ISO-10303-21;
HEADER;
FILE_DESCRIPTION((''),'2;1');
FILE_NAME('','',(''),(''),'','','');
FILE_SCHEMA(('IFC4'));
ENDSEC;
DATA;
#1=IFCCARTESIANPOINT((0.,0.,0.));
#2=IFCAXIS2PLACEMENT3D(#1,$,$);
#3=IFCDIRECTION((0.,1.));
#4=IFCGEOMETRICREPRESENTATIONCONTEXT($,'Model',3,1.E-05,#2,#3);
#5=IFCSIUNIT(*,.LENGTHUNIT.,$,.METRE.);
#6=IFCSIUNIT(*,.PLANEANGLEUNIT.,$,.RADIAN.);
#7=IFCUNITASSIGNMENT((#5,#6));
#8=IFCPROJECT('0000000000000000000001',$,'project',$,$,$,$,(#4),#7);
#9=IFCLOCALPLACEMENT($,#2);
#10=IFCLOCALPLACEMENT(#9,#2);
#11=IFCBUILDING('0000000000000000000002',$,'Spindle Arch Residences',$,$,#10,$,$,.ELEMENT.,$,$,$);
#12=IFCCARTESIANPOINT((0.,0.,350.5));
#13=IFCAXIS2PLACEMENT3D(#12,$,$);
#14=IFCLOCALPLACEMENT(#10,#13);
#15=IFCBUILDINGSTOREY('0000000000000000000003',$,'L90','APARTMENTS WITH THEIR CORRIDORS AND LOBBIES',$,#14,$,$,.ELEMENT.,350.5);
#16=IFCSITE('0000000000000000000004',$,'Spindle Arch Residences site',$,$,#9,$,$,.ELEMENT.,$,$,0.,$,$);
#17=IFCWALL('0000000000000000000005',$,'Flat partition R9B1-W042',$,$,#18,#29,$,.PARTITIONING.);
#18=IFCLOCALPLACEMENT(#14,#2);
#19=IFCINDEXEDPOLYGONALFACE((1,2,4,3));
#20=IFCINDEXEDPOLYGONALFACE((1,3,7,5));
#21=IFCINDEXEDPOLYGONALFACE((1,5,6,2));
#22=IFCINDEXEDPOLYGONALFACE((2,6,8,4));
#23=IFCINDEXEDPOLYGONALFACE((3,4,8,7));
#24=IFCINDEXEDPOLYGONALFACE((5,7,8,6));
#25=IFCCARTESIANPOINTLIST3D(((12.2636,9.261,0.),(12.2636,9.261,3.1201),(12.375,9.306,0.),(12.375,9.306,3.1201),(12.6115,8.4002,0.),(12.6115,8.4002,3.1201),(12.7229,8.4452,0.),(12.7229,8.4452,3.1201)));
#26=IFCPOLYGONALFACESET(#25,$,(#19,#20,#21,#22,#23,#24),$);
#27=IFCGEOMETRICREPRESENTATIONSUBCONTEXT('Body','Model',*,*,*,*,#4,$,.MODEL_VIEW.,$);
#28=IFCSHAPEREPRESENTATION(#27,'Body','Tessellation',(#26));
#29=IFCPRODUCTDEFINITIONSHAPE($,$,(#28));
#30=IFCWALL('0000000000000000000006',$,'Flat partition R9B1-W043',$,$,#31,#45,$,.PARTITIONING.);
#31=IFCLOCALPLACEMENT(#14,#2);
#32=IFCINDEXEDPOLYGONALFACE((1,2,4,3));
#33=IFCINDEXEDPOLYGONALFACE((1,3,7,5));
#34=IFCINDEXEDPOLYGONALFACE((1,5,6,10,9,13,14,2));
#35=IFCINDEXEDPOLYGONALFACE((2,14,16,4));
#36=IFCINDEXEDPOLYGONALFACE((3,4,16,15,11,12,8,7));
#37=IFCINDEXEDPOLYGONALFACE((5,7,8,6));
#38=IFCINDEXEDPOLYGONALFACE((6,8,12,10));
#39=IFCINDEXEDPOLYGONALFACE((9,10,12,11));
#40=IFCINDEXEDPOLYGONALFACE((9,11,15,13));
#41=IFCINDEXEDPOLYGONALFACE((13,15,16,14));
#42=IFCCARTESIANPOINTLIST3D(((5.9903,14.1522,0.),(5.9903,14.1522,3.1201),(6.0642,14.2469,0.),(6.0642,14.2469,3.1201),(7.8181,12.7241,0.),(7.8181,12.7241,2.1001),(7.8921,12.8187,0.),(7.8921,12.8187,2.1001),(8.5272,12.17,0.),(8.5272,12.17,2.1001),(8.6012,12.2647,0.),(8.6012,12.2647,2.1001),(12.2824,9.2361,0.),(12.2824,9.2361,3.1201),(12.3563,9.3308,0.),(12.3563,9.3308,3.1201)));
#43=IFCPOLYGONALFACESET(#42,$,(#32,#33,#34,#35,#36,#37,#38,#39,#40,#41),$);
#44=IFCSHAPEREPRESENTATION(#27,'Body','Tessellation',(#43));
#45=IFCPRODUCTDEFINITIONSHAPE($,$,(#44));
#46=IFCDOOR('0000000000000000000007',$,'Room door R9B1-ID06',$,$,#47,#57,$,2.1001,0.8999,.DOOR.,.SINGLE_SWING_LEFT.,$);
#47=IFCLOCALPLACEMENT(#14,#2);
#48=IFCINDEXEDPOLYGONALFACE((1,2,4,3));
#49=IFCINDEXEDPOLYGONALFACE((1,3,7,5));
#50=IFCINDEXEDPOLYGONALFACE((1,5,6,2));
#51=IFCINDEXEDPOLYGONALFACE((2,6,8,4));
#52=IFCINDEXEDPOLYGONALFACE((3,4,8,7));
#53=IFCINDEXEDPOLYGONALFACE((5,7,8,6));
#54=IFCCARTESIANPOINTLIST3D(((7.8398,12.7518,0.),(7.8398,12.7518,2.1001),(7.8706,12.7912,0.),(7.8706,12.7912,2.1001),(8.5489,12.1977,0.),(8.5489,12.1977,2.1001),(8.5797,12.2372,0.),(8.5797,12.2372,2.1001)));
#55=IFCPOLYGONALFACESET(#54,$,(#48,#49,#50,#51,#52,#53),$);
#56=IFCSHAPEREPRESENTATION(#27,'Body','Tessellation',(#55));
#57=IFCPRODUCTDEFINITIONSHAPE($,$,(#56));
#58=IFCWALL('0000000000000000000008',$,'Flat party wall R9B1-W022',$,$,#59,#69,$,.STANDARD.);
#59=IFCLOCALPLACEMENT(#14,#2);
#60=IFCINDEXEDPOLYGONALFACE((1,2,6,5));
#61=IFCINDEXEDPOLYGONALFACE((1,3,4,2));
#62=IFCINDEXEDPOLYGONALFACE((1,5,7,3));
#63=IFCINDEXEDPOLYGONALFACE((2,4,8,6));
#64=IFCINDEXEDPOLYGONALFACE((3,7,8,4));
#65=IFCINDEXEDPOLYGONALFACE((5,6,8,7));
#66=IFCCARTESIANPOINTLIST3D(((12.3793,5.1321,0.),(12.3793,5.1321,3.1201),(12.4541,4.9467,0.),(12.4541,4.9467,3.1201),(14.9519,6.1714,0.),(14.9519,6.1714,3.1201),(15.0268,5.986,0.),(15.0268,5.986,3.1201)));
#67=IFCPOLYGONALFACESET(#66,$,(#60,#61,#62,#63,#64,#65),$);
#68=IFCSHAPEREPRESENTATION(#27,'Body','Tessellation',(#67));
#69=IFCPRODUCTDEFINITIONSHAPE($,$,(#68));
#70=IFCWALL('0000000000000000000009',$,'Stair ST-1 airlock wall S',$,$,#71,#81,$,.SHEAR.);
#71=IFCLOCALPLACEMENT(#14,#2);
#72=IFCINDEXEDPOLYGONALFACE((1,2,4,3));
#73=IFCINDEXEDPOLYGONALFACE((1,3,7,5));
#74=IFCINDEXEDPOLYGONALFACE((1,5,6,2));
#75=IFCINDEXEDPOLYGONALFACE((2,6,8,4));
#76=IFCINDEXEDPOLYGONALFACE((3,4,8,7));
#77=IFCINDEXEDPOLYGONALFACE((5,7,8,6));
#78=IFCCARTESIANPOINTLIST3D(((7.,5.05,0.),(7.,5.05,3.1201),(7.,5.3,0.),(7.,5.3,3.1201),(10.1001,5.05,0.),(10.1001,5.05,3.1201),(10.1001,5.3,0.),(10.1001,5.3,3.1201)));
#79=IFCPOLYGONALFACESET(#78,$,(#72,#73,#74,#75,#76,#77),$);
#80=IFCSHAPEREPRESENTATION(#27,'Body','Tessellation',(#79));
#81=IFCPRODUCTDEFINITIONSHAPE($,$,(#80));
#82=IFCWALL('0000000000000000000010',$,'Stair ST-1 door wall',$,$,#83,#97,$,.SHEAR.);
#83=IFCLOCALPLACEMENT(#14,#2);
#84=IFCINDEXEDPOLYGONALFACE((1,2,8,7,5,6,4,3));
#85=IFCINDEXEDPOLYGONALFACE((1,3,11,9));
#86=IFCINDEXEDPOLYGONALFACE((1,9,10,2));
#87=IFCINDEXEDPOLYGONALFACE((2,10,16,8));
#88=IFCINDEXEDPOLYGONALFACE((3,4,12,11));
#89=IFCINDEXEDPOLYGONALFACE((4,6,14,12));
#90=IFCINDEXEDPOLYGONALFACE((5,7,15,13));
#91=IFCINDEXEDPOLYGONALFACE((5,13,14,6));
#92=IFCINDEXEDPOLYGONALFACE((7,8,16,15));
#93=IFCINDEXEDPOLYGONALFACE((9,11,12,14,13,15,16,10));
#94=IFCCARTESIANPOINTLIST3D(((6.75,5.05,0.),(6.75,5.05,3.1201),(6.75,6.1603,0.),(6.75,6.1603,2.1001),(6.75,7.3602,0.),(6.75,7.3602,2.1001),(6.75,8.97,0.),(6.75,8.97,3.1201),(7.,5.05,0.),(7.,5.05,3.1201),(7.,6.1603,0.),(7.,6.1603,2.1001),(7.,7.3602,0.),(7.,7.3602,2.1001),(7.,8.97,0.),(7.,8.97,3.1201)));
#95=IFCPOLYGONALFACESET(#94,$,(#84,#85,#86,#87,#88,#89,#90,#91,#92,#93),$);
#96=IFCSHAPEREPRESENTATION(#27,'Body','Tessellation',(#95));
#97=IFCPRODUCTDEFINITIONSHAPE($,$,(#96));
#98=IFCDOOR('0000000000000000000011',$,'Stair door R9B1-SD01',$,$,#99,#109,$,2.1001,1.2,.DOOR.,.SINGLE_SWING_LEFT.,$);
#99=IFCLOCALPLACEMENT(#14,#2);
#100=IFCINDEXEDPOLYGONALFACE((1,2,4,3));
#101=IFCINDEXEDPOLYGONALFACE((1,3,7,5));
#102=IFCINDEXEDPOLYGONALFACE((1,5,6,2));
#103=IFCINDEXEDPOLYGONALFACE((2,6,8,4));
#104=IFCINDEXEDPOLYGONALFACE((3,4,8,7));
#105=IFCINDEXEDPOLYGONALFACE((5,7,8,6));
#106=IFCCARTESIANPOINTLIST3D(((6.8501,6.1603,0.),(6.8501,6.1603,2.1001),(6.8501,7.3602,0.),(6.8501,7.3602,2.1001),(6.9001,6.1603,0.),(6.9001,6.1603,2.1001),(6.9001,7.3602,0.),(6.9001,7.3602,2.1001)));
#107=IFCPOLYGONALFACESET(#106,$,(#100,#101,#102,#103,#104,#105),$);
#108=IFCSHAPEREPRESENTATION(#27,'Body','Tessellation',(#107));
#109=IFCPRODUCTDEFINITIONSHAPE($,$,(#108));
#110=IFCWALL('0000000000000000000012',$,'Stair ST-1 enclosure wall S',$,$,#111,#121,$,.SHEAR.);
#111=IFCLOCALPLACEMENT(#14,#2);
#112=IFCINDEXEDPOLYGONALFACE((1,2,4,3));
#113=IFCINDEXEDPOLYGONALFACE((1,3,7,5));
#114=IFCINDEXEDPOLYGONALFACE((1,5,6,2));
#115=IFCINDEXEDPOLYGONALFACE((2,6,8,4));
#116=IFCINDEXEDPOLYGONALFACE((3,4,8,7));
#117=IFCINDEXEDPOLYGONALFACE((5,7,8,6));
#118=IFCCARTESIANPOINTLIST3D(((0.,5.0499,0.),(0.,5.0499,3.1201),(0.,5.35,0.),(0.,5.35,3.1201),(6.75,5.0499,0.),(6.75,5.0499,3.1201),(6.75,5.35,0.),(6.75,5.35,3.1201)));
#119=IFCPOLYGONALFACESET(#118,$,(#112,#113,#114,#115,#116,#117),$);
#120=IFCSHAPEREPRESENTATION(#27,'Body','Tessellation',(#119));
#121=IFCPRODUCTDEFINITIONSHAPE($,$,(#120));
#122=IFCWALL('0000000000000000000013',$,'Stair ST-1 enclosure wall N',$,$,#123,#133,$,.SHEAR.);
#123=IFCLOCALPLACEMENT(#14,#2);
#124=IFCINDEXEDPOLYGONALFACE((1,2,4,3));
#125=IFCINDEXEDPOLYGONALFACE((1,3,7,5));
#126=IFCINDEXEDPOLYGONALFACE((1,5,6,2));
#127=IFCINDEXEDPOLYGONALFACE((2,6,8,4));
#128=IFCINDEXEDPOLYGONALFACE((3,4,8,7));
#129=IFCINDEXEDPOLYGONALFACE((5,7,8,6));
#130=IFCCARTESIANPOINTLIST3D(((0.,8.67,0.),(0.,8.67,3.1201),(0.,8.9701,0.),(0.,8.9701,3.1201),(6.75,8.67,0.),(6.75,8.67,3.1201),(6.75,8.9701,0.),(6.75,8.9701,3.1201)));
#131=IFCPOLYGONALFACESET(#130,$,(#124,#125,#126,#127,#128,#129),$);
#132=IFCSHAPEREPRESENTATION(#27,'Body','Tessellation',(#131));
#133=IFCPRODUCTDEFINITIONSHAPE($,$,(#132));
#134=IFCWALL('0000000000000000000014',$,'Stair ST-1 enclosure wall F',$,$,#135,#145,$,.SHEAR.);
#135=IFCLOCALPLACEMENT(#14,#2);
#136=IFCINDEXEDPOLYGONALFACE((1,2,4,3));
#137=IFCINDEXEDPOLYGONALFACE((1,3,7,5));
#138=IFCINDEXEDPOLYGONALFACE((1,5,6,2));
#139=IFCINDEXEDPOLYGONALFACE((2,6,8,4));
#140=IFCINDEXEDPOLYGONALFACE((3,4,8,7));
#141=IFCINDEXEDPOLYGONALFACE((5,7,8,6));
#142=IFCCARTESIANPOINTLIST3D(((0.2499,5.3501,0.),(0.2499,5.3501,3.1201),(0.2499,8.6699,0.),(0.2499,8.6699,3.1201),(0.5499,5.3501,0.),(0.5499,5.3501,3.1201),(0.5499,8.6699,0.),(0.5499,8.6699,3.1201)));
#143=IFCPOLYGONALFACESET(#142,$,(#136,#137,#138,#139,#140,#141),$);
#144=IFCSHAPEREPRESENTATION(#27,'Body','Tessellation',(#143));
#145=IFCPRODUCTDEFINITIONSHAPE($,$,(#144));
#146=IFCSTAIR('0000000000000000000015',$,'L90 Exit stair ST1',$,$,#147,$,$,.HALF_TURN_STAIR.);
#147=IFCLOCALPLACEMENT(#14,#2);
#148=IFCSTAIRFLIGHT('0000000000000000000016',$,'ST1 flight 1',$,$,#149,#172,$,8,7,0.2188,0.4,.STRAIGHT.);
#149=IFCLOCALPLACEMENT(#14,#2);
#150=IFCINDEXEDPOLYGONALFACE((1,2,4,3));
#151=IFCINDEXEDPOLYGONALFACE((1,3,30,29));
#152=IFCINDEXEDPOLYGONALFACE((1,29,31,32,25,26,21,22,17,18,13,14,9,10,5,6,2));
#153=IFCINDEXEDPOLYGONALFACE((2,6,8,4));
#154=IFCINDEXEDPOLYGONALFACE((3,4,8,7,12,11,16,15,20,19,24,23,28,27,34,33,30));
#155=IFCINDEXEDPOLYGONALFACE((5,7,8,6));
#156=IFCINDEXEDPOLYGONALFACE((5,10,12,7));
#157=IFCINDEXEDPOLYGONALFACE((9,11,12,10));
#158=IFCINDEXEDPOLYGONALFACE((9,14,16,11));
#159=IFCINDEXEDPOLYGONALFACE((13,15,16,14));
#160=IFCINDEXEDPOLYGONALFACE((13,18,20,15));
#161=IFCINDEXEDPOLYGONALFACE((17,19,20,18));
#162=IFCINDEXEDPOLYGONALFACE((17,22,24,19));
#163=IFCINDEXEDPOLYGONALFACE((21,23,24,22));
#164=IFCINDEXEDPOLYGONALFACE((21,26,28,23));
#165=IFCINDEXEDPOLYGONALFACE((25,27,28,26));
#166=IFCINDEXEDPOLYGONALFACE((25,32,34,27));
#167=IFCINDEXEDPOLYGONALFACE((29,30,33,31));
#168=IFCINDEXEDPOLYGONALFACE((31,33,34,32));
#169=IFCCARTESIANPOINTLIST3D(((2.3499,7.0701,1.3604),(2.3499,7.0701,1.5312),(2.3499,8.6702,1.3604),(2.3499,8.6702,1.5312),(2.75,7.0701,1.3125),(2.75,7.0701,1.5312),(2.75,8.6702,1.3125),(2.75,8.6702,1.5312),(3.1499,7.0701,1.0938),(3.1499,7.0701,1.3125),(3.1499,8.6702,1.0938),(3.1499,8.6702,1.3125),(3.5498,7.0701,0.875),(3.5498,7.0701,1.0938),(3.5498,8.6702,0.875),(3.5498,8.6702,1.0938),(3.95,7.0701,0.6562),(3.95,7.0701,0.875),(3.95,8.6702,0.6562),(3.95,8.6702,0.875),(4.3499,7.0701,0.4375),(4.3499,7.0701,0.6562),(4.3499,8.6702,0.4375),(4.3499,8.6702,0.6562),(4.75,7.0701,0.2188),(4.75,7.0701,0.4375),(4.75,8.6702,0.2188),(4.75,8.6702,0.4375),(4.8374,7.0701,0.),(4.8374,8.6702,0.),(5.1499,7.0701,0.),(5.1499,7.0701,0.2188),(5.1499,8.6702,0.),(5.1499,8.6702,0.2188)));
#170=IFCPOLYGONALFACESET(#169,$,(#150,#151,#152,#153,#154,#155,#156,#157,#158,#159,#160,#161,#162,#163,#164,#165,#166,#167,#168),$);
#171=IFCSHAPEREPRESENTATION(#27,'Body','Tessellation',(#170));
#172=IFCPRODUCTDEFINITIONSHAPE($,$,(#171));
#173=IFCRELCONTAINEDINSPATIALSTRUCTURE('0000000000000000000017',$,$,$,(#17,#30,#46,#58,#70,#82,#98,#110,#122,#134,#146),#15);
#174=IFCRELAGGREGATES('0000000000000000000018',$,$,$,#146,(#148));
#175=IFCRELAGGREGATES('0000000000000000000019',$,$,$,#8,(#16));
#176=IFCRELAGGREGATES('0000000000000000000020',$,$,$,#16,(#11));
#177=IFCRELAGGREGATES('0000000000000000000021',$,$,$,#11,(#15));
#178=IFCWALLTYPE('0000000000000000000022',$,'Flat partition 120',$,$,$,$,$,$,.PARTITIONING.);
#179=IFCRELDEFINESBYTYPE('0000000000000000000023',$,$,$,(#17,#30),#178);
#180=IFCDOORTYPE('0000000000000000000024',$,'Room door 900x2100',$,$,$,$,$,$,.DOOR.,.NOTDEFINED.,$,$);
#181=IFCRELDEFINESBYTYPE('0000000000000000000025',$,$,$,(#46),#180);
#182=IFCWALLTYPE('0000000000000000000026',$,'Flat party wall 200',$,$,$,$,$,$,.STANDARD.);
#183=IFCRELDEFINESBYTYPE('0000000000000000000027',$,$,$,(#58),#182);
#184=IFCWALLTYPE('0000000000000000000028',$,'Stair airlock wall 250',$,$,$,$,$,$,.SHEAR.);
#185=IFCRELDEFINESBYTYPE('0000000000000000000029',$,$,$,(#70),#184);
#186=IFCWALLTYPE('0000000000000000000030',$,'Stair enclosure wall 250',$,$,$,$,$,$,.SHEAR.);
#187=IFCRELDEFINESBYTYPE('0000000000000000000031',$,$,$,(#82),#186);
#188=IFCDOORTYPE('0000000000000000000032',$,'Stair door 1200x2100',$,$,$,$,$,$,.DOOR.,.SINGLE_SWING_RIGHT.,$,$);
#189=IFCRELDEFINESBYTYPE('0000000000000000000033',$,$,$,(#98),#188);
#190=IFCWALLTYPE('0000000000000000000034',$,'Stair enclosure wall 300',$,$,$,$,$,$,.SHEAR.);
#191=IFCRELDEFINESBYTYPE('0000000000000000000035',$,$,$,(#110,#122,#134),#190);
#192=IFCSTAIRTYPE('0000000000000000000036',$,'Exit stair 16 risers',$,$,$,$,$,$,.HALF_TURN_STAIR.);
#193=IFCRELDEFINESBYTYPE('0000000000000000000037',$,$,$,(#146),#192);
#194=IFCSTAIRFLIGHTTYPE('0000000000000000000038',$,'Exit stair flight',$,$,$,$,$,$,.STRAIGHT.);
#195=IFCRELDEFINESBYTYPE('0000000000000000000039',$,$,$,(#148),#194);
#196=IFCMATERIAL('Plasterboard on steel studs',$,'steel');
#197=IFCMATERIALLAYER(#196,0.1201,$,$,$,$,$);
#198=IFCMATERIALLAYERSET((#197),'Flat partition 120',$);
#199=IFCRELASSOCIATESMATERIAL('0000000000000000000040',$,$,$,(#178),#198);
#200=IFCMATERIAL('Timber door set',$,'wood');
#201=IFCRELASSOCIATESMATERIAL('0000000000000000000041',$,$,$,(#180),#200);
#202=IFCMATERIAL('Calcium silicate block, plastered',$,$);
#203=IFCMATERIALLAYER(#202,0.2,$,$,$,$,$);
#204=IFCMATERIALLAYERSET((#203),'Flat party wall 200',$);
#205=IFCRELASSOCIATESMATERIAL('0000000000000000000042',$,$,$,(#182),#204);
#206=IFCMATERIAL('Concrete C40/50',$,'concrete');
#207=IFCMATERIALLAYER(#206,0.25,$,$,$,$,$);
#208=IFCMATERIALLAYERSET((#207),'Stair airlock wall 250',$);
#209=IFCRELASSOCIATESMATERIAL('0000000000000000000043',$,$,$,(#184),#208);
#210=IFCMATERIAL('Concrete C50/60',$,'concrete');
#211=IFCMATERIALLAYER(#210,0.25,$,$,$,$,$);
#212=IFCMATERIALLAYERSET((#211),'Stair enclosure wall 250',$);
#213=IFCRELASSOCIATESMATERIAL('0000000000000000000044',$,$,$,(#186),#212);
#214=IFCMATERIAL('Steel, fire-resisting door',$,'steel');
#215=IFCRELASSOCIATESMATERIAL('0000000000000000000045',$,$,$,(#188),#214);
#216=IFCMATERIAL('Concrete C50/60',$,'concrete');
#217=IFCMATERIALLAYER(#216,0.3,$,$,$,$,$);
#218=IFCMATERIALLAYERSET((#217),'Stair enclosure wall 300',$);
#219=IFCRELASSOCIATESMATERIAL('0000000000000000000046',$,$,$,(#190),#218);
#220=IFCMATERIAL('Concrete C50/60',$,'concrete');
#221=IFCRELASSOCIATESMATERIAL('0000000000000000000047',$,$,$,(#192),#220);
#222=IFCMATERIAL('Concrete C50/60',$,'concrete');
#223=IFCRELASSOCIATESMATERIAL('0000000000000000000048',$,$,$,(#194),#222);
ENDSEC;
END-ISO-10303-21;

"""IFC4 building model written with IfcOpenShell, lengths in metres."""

from ifc_helpers import new_model, si_unit, direction, frame, frame_2d, origin, place, context, subcontext, project, spatial, polyline, rectangle, outline, extrude, material, layer, layer_set, type_object, element, fill, aggregate, save


model = new_model("IFC4")

# Units and contexts
model_context = context("Model", 3, precision=1e-05, world=origin(), true_north=direction((0.0, 1.0)))
body_context = subcontext(model_context, "Body", "Model", "MODEL_VIEW")
ifc_project = project(units=[si_unit("LENGTHUNIT", "METRE"), si_unit("PLANEANGLEUNIT", "RADIAN")], contexts=[model_context])

# Site, building, storey
site_placement = place(None, origin())
site = spatial("IfcSite", under=ifc_project, at=site_placement, Name="Spindle Arch Residences site", CompositionType="ELEMENT", RefElevation=0.0)
building_placement = place(site_placement, origin())
building = spatial("IfcBuilding", under=site, at=building_placement, Name="Spindle Arch Residences", CompositionType="ELEMENT")
storey_placement = place(building_placement, frame((0.0, 0.0, 350.5)))
storey = spatial("IfcBuildingStorey", under=building, at=storey_placement, Name="L90", Description="APARTMENTS WITH THEIR CORRIDORS AND LOBBIES", CompositionType="ELEMENT", Elevation=350.5)

# Wall
ifc_material_1 = material(Name="Plasterboard on steel studs", Category="steel")
ifc_layer_1 = layer(ifc_material_1, 0.1201)
ifc_layer_set_1 = layer_set([ifc_layer_1], Name="Flat partition 120")
wall_type_1 = type_object("IfcWallType", Name="Flat partition 120", PredefinedType="PARTITIONING", material=ifc_layer_set_1)
wall_1_placement = place(storey_placement, frame((12.6672, 8.4226, 0.0), z_axis=(0.0, 0.0, 1.0), x_axis=(-0.374698, 0.927147, 0.0)))
element("IfcWall", 1, at=wall_1_placement, inside=storey, type_object=wall_type_1, Name="Flat partition R9B1-W042", PredefinedType="PARTITIONING", context=body_context, shape_type="SweptSolid", body=[
    extrude(rectangle(XDim=0.9285, YDim=0.1201, at=frame_2d((0.4644, 0.0))), origin(), (0.0, 0.0, 1.0), 3.1201),
])

# Wall, opening, door
wall_2_placement = place(storey_placement, frame((12.3193, 9.2834, 0.0), z_axis=(0.0, 0.0, 1.0), x_axis=(-0.788, 0.615675, 0.0)))
wall_2 = element("IfcWall", 2, at=wall_2_placement, inside=storey, type_object=wall_type_1, Name="Flat partition R9B1-W043", PredefinedType="PARTITIONING", context=body_context, shape_type="SweptSolid", body=[
    extrude(rectangle(XDim=7.9849, YDim=0.1201, at=frame_2d((3.9924, 0.0))), origin(), (0.0, 0.0, 1.0), 3.1201),
])
opening_1_placement = place(wall_2_placement, frame((4.7654, 0.0, 0.0)))
opening_1 = element("IfcOpeningElement", 3, at=opening_1_placement, cuts=wall_2, PredefinedType="OPENING", context=body_context, shape_type="SweptSolid", body=[
    extrude(rectangle(XDim=0.8999, YDim=2.1001, at=frame_2d((0.45, 1.05))), frame((0.0, 0.0701, 0.0), z_axis=(0.0, -1.0, 0.0), x_axis=(1.0, 0.0, 0.0)), (0.0, 0.0, 1.0), 0.1401),
])
ifc_material_2 = material(Name="Timber door set", Category="wood")
door_type_1 = type_object("IfcDoorType", Name="Room door 900x2100", OperationType="NOTDEFINED", PredefinedType="DOOR", material=ifc_material_2)
door_1_placement = place(opening_1_placement, origin())
door_1 = element("IfcDoor", 4, at=door_1_placement, inside=storey, type_object=door_type_1, Name="Room door R9B1-ID06", OperationType="SINGLE_SWING_LEFT", OverallHeight=2.1001, OverallWidth=0.8999, PredefinedType="DOOR", context=body_context, shape_type="SweptSolid", body=[
    extrude(rectangle(XDim=0.8999, YDim=2.1001, at=frame_2d((0.45, 1.05))), frame((0.0, 0.0249, 0.0), z_axis=(0.0, -1.0, 0.0), x_axis=(1.0, 0.0, 0.0)), (0.0, 0.0, 1.0), 0.05),
])
fill(opening_1, door_1)

# Walls
ifc_material_3 = material(Name="Calcium silicate block, plastered")
ifc_layer_2 = layer(ifc_material_3, 0.2)
ifc_layer_set_2 = layer_set([ifc_layer_2], Name="Flat party wall 200")
wall_type_2 = type_object("IfcWallType", Name="Flat party wall 200", PredefinedType="STANDARD", material=ifc_layer_set_2)
wall_3_placement = place(storey_placement, frame((14.9893, 6.0786, 0.0), z_axis=(0.0, 0.0, 1.0), x_axis=(-0.927203, -0.374559, 0.0)))
element("IfcWall", 5, at=wall_3_placement, inside=storey, type_object=wall_type_2, Name="Flat party wall R9B1-W022", PredefinedType="STANDARD", context=body_context, shape_type="SweptSolid", body=[
    extrude(rectangle(XDim=2.7747, YDim=0.2, at=frame_2d((1.3872, 0.0))), origin(), (0.0, 0.0, 1.0), 3.1201),
])
ifc_material_4 = material(Name="Concrete C40/50", Category="concrete")
ifc_layer_3 = layer(ifc_material_4, 0.25)
ifc_layer_set_3 = layer_set([ifc_layer_3], Name="Stair airlock wall 250")
wall_type_3 = type_object("IfcWallType", Name="Stair airlock wall 250", PredefinedType="SHEAR", material=ifc_layer_set_3)
wall_4_placement = place(storey_placement, frame((7.0, 5.175, 0.0), z_axis=(0.0, 0.0, 1.0), x_axis=(1.0, 0.0, 0.0)))
element("IfcWall", 6, at=wall_4_placement, inside=storey, type_object=wall_type_3, Name="Stair ST-1 airlock wall S", PredefinedType="SHEAR", context=body_context, shape_type="SweptSolid", body=[
    extrude(rectangle(XDim=3.1001, YDim=0.25, at=frame_2d((1.55, 0.0))), origin(), (0.0, 0.0, 1.0), 3.1201),
])

# Wall, opening, door
ifc_material_5 = material(Name="Concrete C50/60", Category="concrete")
ifc_layer_4 = layer(ifc_material_5, 0.25)
ifc_layer_set_4 = layer_set([ifc_layer_4], Name="Stair enclosure wall 250")
wall_type_4 = type_object("IfcWallType", Name="Stair enclosure wall 250", PredefinedType="SHEAR", material=ifc_layer_set_4)
wall_5_placement = place(storey_placement, frame((6.875, 5.05, 0.0), z_axis=(0.0, 0.0, 1.0), x_axis=(0.0, 1.0, 0.0)))
wall_5 = element("IfcWall", 7, at=wall_5_placement, inside=storey, type_object=wall_type_4, Name="Stair ST-1 door wall", PredefinedType="SHEAR", context=body_context, shape_type="SweptSolid", body=[
    extrude(rectangle(XDim=3.9199, YDim=0.25, at=frame_2d((1.96, 0.0))), origin(), (0.0, 0.0, 1.0), 3.1201),
])
opening_2_placement = place(wall_5_placement, frame((1.1101, 0.0, 0.0)))
opening_2 = element("IfcOpeningElement", 8, at=opening_2_placement, cuts=wall_5, PredefinedType="OPENING", context=body_context, shape_type="SweptSolid", body=[
    extrude(rectangle(XDim=1.2, YDim=2.1001, at=frame_2d((0.6001, 1.05))), frame((0.0, 0.135, 0.0), z_axis=(0.0, -1.0, 0.0), x_axis=(1.0, 0.0, 0.0)), (0.0, 0.0, 1.0), 0.27),
])
ifc_material_6 = material(Name="Steel, fire-resisting door", Category="steel")
door_type_2 = type_object("IfcDoorType", Name="Stair door 1200x2100", OperationType="SINGLE_SWING_RIGHT", PredefinedType="DOOR", material=ifc_material_6)
door_2_placement = place(opening_2_placement, origin())
door_2 = element("IfcDoor", 9, at=door_2_placement, inside=storey, type_object=door_type_2, Name="Stair door R9B1-SD01", OperationType="SINGLE_SWING_LEFT", OverallHeight=2.1001, OverallWidth=1.2, PredefinedType="DOOR", context=body_context, shape_type="SweptSolid", body=[
    extrude(rectangle(XDim=1.2, YDim=2.1001, at=frame_2d((0.6001, 1.05))), frame((0.0, 0.0249, 0.0), z_axis=(0.0, -1.0, 0.0), x_axis=(1.0, 0.0, 0.0)), (0.0, 0.0, 1.0), 0.05),
])
fill(opening_2, door_2)

# Walls
ifc_material_7 = material(Name="Concrete C50/60", Category="concrete")
ifc_layer_5 = layer(ifc_material_7, 0.3)
ifc_layer_set_5 = layer_set([ifc_layer_5], Name="Stair enclosure wall 300")
wall_type_5 = type_object("IfcWallType", Name="Stair enclosure wall 300", PredefinedType="SHEAR", material=ifc_layer_set_5)
for number, where, z_axis, x_axis, name in (
    (10, (0.0, 5.2, 0.0), (0.0, 0.0, 1.0), (1.0, 0.0, 0.0), "Stair ST-1 enclosure wall S"),
    (11, (0.0, 8.8201, 0.0), (0.0, 0.0, 1.0), (1.0, 0.0, 0.0), "Stair ST-1 enclosure wall N"),
):
    element("IfcWall", number, at=place(storey_placement, frame(where, z_axis=z_axis, x_axis=x_axis)), inside=storey, type_object=wall_type_5, Name=name, PredefinedType="SHEAR", context=body_context, shape_type="SweptSolid", body=[
        extrude(rectangle(XDim=6.75, YDim=0.3, at=frame_2d((3.375, 0.0))), origin(), (0.0, 0.0, 1.0), 3.1201),
    ])
wall_6_placement = place(storey_placement, frame((0.3999, 5.3501, 0.0), z_axis=(0.0, 0.0, 1.0), x_axis=(0.0, 1.0, 0.0)))
element("IfcWall", 12, at=wall_6_placement, inside=storey, type_object=wall_type_5, Name="Stair ST-1 enclosure wall F", PredefinedType="SHEAR", context=body_context, shape_type="SweptSolid", body=[
    extrude(rectangle(XDim=3.3198, YDim=0.3, at=frame_2d((1.6599, 0.0))), origin(), (0.0, 0.0, 1.0), 3.1201),
])

# Stair, stair flight
ifc_material_8 = material(Name="Concrete C50/60", Category="concrete")
stair_type = type_object("IfcStairType", Name="Exit stair 16 risers", PredefinedType="HALF_TURN_STAIR", material=ifc_material_8)
stair_placement = place(storey_placement, origin())
stair = element("IfcStair", 13, at=stair_placement, inside=storey, type_object=stair_type, Name="L90 Exit stair ST1", PredefinedType="HALF_TURN_STAIR")
ifc_material_9 = material(Name="Concrete C50/60", Category="concrete")
stair_flight_type = type_object("IfcStairFlightType", Name="Exit stair flight", PredefinedType="STRAIGHT", material=ifc_material_9)
stair_flight_1_placement = place(storey_placement, frame((5.1499, 7.8701, 0.0), z_axis=(0.0, 0.0, 1.0), x_axis=(-1.0, 0.0, 0.0)))
stair_flight_1 = element("IfcStairFlight", 14, at=stair_flight_1_placement, type_object=stair_flight_type, Name="ST1 flight 1", NumberOfRisers=8, NumberOfTreads=7, PredefinedType="STRAIGHT", RiserHeight=0.2188, TreadLength=0.4, context=body_context, shape_type="SweptSolid", body=[
    extrude(outline(polyline([(0.0, 0.0), (0.0, 0.2188), (0.3999, 0.2188), (0.3999, 0.4375), (0.8, 0.4375), (0.8, 0.6562), (1.2, 0.6562), (1.2, 0.875), (1.6001, 0.875), (1.6001, 1.0938), (2.0, 1.0938), (2.0, 1.3125), (2.3999, 1.3125), (2.3999, 1.5312), (2.8, 1.5312), (2.8, 1.75), (2.8, 1.3604), (0.3125, 0.0), (0.0, 0.0)])), frame((0.0, 0.8, 0.0), z_axis=(0.0, -1.0, 0.0), x_axis=(1.0, 0.0, 0.0)), (0.0, 0.0, 1.0), 1.6001),
])
aggregate(stair, [stair_flight_1])

save(model, "model.ifc")
